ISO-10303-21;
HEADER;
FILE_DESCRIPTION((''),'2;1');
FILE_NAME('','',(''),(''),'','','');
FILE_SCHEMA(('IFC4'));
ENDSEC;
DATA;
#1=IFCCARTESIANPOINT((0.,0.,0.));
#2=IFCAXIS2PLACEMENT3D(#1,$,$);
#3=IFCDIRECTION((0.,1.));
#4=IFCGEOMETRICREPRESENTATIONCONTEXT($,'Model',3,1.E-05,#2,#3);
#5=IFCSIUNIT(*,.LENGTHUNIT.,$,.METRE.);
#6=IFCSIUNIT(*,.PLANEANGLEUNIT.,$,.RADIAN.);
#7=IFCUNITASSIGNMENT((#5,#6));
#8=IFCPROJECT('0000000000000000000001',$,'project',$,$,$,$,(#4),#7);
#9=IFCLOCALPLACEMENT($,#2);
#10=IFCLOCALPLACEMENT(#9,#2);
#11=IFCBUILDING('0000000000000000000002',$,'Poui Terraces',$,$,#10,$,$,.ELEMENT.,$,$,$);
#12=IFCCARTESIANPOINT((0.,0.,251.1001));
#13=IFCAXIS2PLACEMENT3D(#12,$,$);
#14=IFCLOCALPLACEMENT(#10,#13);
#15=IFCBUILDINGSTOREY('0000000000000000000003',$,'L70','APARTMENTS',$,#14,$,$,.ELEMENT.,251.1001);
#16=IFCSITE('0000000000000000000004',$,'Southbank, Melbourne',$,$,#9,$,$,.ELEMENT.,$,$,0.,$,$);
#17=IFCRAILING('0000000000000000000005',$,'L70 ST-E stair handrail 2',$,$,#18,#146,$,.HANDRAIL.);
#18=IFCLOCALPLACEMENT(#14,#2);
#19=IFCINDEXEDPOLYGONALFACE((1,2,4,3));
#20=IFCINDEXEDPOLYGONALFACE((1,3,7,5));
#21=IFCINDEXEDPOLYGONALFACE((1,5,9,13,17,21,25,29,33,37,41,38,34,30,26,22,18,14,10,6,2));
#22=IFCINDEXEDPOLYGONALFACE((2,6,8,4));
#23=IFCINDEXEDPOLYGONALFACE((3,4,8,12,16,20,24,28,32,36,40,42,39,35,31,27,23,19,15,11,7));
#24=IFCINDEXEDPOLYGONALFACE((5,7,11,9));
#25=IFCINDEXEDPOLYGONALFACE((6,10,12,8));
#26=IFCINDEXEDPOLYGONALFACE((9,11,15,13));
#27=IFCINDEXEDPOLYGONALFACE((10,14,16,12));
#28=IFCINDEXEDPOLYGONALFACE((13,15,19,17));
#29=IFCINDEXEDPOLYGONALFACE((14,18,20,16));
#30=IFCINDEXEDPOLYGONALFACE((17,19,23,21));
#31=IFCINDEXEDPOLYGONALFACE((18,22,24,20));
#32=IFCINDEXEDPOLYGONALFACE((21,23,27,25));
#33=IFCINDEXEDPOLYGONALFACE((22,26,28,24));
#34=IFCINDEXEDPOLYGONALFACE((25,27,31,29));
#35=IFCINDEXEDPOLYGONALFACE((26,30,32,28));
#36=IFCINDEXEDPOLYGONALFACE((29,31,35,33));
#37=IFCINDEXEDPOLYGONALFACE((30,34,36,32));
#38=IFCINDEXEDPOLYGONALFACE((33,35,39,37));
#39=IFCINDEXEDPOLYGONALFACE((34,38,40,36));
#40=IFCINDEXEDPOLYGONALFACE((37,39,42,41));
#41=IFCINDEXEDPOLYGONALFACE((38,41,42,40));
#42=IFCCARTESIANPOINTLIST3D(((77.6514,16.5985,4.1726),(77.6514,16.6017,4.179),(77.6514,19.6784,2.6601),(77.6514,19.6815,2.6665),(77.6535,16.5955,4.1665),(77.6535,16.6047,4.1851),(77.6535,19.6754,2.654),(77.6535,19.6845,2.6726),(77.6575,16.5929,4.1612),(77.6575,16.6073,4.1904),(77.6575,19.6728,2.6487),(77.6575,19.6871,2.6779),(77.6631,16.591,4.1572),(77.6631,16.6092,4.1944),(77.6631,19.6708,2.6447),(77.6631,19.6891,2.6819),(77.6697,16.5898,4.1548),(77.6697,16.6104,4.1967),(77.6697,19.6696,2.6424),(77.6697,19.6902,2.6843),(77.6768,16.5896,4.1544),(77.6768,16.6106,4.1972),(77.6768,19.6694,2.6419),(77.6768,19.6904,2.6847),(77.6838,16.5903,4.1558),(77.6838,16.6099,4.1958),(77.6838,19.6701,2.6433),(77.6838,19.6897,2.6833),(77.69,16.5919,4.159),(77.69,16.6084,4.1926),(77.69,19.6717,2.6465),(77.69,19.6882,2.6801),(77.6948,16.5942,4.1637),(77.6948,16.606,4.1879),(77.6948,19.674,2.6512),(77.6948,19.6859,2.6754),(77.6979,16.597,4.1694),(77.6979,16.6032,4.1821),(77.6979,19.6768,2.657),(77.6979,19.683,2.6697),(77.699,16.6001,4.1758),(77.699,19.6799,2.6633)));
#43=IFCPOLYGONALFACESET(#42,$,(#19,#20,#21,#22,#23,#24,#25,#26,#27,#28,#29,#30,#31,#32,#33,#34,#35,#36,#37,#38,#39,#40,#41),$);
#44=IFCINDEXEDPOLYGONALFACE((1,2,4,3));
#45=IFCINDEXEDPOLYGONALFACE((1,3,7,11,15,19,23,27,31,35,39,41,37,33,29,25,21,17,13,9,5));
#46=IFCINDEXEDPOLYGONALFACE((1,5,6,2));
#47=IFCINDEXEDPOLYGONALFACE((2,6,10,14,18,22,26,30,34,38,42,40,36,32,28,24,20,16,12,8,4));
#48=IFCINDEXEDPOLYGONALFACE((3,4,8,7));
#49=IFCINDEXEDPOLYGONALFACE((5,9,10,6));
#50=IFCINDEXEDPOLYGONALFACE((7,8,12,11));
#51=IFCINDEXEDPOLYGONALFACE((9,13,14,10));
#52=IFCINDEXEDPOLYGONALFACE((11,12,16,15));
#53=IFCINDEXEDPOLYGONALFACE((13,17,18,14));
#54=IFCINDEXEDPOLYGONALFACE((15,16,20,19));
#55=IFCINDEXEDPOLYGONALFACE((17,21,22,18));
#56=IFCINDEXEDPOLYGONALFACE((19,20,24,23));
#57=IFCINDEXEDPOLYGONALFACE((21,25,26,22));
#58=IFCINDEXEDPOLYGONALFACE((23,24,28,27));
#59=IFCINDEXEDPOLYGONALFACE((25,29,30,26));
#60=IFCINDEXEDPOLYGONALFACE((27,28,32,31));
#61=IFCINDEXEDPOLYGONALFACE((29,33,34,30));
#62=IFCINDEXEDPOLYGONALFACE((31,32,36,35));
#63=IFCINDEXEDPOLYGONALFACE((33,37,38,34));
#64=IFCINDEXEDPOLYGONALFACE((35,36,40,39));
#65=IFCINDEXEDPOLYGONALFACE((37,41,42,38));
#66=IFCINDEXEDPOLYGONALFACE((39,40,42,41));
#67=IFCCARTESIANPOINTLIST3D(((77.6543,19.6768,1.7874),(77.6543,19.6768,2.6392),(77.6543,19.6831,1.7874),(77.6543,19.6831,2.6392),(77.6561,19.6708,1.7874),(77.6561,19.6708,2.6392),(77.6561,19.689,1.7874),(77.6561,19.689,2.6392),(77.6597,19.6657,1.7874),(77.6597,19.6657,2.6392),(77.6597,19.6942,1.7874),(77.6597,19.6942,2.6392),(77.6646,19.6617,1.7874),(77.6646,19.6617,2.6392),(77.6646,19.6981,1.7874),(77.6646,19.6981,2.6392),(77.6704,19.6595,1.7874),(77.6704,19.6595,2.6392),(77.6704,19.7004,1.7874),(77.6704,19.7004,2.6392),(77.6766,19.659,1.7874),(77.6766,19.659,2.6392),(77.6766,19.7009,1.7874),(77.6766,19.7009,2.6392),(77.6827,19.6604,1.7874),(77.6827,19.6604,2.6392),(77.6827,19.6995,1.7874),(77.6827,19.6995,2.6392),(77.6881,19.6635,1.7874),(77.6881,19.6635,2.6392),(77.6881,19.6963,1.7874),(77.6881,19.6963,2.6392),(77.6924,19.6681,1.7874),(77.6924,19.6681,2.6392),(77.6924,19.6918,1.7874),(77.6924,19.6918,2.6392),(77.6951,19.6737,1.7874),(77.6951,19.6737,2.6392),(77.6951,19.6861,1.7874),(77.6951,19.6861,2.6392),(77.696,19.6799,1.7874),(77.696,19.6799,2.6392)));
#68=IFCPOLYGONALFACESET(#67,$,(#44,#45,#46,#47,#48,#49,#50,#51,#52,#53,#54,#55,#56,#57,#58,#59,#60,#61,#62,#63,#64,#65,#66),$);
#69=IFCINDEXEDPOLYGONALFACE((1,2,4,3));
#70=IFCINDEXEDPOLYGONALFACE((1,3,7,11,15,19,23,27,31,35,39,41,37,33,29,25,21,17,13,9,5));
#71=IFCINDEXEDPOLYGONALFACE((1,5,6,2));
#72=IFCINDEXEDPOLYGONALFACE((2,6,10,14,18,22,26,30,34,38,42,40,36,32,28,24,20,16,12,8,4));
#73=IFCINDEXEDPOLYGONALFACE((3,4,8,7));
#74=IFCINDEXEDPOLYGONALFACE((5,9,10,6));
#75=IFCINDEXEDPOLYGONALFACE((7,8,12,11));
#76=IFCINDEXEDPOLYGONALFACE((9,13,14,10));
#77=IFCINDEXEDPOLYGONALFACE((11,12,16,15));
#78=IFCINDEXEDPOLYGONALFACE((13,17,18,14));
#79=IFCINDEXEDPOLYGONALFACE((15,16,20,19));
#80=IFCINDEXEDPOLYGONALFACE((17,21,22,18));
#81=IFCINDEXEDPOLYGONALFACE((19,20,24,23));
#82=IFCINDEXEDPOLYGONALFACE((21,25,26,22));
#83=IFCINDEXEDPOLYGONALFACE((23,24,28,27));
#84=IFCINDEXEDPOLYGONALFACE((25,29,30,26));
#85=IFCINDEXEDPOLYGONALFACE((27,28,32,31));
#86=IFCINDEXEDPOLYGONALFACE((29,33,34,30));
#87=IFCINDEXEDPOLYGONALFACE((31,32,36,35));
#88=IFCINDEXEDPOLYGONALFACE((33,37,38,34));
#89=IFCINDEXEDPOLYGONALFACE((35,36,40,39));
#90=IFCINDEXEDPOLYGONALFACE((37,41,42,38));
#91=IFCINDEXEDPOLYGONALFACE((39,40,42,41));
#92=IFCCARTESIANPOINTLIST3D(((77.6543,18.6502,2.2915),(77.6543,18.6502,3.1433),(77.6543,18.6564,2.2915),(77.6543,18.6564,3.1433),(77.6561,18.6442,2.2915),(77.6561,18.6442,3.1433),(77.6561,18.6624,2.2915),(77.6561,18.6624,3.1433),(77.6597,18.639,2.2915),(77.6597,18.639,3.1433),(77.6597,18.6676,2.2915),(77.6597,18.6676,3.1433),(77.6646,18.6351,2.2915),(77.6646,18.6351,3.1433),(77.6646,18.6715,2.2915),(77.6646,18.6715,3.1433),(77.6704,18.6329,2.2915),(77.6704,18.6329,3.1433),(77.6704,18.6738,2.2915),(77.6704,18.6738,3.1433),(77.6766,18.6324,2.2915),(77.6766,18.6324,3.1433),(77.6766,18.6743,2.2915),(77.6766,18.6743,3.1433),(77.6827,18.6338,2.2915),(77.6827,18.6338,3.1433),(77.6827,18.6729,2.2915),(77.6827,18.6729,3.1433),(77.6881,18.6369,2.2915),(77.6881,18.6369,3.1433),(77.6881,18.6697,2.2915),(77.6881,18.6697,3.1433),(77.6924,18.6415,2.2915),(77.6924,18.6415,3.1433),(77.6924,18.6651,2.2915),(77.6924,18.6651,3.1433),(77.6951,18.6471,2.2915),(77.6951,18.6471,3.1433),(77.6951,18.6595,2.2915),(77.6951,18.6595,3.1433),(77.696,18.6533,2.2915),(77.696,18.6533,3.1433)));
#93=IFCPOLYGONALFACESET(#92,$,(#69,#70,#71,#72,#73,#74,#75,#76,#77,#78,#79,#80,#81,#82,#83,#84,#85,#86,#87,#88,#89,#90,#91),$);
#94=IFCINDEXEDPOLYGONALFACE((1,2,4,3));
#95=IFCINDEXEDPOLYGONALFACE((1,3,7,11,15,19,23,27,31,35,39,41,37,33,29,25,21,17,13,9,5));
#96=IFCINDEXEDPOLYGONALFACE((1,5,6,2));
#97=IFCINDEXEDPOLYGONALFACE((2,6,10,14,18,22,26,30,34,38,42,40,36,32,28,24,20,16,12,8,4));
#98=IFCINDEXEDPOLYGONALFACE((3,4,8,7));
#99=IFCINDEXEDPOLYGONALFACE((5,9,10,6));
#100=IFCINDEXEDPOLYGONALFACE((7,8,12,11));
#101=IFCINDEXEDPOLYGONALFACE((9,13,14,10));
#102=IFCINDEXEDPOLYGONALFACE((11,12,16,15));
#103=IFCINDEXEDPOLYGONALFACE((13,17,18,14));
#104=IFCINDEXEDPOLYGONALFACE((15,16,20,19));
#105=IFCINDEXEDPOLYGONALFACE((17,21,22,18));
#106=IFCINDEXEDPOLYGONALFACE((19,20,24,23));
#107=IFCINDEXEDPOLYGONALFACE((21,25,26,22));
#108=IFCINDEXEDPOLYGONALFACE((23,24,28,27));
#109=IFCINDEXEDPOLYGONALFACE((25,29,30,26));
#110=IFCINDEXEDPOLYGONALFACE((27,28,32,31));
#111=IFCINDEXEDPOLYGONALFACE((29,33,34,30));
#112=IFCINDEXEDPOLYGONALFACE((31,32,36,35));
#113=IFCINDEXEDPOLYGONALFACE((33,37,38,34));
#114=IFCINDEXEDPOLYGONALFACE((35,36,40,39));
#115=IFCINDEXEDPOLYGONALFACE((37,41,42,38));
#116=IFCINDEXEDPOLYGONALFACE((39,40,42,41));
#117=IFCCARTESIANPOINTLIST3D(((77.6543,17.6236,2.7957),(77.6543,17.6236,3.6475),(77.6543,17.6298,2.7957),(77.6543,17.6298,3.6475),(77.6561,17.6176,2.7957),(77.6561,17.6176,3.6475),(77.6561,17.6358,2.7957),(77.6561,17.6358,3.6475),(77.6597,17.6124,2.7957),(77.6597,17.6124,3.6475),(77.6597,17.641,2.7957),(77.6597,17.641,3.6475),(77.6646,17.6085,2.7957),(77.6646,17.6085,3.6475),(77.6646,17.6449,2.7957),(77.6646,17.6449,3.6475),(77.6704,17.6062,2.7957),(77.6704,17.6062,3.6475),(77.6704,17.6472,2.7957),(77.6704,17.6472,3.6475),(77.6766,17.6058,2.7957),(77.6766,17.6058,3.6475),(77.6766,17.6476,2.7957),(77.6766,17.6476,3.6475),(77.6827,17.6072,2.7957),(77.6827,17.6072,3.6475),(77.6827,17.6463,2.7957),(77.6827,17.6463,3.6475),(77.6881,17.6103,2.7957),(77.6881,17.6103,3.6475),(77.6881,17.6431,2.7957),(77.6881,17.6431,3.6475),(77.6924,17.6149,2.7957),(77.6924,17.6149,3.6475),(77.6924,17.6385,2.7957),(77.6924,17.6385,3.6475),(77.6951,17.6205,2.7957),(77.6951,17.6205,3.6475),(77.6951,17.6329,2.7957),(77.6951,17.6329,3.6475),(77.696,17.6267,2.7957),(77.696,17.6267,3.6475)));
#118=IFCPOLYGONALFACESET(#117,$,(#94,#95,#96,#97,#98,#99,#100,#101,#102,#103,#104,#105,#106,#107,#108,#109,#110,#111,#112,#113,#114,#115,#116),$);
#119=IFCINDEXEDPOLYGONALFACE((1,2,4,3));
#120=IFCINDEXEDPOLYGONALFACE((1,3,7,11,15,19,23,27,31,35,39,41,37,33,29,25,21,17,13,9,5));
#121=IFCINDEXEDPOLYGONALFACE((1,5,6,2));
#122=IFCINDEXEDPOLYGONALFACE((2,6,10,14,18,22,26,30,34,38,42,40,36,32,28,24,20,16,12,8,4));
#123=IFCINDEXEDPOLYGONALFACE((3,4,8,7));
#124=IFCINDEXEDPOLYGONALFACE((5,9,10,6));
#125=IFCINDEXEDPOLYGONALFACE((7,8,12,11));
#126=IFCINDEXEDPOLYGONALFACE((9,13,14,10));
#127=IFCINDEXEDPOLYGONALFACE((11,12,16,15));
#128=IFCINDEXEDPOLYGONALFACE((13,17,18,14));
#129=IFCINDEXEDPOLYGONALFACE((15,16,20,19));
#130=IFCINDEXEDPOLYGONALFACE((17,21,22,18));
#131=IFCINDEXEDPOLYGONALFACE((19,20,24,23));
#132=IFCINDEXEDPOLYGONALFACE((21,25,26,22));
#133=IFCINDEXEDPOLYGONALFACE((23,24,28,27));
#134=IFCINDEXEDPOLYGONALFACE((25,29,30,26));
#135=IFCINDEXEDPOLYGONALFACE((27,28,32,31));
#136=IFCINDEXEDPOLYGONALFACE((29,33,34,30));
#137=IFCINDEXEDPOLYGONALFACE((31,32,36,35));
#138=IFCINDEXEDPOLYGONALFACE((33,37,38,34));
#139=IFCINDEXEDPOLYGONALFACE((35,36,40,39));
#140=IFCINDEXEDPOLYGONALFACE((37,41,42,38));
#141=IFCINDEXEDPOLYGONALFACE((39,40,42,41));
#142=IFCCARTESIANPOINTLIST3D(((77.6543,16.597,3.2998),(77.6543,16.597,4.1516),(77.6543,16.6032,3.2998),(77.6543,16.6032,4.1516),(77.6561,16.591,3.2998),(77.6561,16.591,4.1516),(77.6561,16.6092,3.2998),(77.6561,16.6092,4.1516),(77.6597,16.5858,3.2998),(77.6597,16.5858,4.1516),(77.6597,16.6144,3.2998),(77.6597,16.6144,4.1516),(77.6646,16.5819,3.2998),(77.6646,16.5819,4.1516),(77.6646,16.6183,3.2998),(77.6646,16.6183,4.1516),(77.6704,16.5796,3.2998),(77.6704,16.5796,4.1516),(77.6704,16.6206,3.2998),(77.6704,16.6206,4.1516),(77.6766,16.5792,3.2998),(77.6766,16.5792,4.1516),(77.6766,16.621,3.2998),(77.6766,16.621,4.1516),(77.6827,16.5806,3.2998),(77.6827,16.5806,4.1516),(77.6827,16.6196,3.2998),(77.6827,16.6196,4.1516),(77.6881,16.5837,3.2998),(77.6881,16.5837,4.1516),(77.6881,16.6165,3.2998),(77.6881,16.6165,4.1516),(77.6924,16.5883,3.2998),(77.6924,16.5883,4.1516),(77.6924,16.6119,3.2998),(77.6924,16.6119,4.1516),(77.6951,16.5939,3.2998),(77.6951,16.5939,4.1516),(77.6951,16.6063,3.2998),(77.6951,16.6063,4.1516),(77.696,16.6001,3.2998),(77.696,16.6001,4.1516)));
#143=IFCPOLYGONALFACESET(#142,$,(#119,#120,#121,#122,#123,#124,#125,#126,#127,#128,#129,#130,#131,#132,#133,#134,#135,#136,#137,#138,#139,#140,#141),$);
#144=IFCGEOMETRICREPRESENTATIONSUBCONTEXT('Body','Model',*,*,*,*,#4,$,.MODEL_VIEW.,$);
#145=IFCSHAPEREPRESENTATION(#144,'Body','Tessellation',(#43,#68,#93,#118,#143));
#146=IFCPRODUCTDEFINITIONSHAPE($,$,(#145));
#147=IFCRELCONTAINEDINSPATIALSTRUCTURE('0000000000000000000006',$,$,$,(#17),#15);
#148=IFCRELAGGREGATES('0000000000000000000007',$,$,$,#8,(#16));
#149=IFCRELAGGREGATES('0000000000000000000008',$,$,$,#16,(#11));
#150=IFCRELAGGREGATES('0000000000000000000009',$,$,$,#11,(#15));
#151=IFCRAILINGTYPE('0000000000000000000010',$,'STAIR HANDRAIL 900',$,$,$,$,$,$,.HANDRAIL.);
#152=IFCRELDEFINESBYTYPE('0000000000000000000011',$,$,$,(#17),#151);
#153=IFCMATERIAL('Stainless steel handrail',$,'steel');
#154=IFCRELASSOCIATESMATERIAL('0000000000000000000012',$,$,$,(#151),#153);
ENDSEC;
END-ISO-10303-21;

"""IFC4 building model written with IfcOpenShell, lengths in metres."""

from ifc_helpers import new_model, si_unit, direction, frame, origin, origin_2d, place, context, subcontext, project, spatial, circle, extrude, material, type_object, element, save


model = new_model("IFC4")

# Units and contexts
model_context = context("Model", 3, precision=1e-05, world=origin(), true_north=direction((0.0, 1.0)))
body_context = subcontext(model_context, "Body", "Model", "MODEL_VIEW")
ifc_project = project(units=[si_unit("LENGTHUNIT", "METRE"), si_unit("PLANEANGLEUNIT", "RADIAN")], contexts=[model_context])

# Site, building, storey
site_placement = place(None, origin())
site = spatial("IfcSite", under=ifc_project, at=site_placement, Name="Southbank, Melbourne", CompositionType="ELEMENT", RefElevation=0.0)
building_placement = place(site_placement, origin())
building = spatial("IfcBuilding", under=site, at=building_placement, Name="Poui Terraces", CompositionType="ELEMENT")
storey_placement = place(building_placement, frame((0.0, 0.0, 251.1001)))
storey = spatial("IfcBuildingStorey", under=building, at=storey_placement, Name="L70", Description="APARTMENTS", CompositionType="ELEMENT", Elevation=251.1001)

# Railing
ifc_material_1 = material(Name="Stainless steel handrail", Category="steel")
railing_type_1 = type_object("IfcRailingType", Name="STAIR HANDRAIL 900", PredefinedType="HANDRAIL", material=ifc_material_1)
railing_1_placement = place(storey_placement, frame((77.675, 19.6799, 1.7874)))
element("IfcRailing", 1, at=railing_1_placement, inside=storey, type_object=railing_type_1, Name="L70 ST-E stair handrail 2", PredefinedType="HANDRAIL", context=body_context, shape_type="SweptSolid", body=[
    extrude(circle(Radius=0.0239, at=origin_2d()), frame((0.0, 0.0, 0.876), z_axis=(0.0, -0.897606, 0.440798), x_axis=(1.0, 0.0, 0.0)), (0.0, 0.0, 1.0), 3.4312),
    extrude(circle(Radius=0.021, at=origin_2d()), origin(), (0.0, 0.0, 1.0), 0.8518),
    extrude(circle(Radius=0.021, at=origin_2d()), frame((0.0, -1.0266, 0.5042)), (0.0, 0.0, 1.0), 0.8518),
    extrude(circle(Radius=0.021, at=origin_2d()), frame((0.0, -2.0532, 1.0083)), (0.0, 0.0, 1.0), 0.8518),
    extrude(circle(Radius=0.021, at=origin_2d()), frame((0.0, -3.0798, 1.5125)), (0.0, 0.0, 1.0), 0.8518),
])

save(model, "model.ifc")
